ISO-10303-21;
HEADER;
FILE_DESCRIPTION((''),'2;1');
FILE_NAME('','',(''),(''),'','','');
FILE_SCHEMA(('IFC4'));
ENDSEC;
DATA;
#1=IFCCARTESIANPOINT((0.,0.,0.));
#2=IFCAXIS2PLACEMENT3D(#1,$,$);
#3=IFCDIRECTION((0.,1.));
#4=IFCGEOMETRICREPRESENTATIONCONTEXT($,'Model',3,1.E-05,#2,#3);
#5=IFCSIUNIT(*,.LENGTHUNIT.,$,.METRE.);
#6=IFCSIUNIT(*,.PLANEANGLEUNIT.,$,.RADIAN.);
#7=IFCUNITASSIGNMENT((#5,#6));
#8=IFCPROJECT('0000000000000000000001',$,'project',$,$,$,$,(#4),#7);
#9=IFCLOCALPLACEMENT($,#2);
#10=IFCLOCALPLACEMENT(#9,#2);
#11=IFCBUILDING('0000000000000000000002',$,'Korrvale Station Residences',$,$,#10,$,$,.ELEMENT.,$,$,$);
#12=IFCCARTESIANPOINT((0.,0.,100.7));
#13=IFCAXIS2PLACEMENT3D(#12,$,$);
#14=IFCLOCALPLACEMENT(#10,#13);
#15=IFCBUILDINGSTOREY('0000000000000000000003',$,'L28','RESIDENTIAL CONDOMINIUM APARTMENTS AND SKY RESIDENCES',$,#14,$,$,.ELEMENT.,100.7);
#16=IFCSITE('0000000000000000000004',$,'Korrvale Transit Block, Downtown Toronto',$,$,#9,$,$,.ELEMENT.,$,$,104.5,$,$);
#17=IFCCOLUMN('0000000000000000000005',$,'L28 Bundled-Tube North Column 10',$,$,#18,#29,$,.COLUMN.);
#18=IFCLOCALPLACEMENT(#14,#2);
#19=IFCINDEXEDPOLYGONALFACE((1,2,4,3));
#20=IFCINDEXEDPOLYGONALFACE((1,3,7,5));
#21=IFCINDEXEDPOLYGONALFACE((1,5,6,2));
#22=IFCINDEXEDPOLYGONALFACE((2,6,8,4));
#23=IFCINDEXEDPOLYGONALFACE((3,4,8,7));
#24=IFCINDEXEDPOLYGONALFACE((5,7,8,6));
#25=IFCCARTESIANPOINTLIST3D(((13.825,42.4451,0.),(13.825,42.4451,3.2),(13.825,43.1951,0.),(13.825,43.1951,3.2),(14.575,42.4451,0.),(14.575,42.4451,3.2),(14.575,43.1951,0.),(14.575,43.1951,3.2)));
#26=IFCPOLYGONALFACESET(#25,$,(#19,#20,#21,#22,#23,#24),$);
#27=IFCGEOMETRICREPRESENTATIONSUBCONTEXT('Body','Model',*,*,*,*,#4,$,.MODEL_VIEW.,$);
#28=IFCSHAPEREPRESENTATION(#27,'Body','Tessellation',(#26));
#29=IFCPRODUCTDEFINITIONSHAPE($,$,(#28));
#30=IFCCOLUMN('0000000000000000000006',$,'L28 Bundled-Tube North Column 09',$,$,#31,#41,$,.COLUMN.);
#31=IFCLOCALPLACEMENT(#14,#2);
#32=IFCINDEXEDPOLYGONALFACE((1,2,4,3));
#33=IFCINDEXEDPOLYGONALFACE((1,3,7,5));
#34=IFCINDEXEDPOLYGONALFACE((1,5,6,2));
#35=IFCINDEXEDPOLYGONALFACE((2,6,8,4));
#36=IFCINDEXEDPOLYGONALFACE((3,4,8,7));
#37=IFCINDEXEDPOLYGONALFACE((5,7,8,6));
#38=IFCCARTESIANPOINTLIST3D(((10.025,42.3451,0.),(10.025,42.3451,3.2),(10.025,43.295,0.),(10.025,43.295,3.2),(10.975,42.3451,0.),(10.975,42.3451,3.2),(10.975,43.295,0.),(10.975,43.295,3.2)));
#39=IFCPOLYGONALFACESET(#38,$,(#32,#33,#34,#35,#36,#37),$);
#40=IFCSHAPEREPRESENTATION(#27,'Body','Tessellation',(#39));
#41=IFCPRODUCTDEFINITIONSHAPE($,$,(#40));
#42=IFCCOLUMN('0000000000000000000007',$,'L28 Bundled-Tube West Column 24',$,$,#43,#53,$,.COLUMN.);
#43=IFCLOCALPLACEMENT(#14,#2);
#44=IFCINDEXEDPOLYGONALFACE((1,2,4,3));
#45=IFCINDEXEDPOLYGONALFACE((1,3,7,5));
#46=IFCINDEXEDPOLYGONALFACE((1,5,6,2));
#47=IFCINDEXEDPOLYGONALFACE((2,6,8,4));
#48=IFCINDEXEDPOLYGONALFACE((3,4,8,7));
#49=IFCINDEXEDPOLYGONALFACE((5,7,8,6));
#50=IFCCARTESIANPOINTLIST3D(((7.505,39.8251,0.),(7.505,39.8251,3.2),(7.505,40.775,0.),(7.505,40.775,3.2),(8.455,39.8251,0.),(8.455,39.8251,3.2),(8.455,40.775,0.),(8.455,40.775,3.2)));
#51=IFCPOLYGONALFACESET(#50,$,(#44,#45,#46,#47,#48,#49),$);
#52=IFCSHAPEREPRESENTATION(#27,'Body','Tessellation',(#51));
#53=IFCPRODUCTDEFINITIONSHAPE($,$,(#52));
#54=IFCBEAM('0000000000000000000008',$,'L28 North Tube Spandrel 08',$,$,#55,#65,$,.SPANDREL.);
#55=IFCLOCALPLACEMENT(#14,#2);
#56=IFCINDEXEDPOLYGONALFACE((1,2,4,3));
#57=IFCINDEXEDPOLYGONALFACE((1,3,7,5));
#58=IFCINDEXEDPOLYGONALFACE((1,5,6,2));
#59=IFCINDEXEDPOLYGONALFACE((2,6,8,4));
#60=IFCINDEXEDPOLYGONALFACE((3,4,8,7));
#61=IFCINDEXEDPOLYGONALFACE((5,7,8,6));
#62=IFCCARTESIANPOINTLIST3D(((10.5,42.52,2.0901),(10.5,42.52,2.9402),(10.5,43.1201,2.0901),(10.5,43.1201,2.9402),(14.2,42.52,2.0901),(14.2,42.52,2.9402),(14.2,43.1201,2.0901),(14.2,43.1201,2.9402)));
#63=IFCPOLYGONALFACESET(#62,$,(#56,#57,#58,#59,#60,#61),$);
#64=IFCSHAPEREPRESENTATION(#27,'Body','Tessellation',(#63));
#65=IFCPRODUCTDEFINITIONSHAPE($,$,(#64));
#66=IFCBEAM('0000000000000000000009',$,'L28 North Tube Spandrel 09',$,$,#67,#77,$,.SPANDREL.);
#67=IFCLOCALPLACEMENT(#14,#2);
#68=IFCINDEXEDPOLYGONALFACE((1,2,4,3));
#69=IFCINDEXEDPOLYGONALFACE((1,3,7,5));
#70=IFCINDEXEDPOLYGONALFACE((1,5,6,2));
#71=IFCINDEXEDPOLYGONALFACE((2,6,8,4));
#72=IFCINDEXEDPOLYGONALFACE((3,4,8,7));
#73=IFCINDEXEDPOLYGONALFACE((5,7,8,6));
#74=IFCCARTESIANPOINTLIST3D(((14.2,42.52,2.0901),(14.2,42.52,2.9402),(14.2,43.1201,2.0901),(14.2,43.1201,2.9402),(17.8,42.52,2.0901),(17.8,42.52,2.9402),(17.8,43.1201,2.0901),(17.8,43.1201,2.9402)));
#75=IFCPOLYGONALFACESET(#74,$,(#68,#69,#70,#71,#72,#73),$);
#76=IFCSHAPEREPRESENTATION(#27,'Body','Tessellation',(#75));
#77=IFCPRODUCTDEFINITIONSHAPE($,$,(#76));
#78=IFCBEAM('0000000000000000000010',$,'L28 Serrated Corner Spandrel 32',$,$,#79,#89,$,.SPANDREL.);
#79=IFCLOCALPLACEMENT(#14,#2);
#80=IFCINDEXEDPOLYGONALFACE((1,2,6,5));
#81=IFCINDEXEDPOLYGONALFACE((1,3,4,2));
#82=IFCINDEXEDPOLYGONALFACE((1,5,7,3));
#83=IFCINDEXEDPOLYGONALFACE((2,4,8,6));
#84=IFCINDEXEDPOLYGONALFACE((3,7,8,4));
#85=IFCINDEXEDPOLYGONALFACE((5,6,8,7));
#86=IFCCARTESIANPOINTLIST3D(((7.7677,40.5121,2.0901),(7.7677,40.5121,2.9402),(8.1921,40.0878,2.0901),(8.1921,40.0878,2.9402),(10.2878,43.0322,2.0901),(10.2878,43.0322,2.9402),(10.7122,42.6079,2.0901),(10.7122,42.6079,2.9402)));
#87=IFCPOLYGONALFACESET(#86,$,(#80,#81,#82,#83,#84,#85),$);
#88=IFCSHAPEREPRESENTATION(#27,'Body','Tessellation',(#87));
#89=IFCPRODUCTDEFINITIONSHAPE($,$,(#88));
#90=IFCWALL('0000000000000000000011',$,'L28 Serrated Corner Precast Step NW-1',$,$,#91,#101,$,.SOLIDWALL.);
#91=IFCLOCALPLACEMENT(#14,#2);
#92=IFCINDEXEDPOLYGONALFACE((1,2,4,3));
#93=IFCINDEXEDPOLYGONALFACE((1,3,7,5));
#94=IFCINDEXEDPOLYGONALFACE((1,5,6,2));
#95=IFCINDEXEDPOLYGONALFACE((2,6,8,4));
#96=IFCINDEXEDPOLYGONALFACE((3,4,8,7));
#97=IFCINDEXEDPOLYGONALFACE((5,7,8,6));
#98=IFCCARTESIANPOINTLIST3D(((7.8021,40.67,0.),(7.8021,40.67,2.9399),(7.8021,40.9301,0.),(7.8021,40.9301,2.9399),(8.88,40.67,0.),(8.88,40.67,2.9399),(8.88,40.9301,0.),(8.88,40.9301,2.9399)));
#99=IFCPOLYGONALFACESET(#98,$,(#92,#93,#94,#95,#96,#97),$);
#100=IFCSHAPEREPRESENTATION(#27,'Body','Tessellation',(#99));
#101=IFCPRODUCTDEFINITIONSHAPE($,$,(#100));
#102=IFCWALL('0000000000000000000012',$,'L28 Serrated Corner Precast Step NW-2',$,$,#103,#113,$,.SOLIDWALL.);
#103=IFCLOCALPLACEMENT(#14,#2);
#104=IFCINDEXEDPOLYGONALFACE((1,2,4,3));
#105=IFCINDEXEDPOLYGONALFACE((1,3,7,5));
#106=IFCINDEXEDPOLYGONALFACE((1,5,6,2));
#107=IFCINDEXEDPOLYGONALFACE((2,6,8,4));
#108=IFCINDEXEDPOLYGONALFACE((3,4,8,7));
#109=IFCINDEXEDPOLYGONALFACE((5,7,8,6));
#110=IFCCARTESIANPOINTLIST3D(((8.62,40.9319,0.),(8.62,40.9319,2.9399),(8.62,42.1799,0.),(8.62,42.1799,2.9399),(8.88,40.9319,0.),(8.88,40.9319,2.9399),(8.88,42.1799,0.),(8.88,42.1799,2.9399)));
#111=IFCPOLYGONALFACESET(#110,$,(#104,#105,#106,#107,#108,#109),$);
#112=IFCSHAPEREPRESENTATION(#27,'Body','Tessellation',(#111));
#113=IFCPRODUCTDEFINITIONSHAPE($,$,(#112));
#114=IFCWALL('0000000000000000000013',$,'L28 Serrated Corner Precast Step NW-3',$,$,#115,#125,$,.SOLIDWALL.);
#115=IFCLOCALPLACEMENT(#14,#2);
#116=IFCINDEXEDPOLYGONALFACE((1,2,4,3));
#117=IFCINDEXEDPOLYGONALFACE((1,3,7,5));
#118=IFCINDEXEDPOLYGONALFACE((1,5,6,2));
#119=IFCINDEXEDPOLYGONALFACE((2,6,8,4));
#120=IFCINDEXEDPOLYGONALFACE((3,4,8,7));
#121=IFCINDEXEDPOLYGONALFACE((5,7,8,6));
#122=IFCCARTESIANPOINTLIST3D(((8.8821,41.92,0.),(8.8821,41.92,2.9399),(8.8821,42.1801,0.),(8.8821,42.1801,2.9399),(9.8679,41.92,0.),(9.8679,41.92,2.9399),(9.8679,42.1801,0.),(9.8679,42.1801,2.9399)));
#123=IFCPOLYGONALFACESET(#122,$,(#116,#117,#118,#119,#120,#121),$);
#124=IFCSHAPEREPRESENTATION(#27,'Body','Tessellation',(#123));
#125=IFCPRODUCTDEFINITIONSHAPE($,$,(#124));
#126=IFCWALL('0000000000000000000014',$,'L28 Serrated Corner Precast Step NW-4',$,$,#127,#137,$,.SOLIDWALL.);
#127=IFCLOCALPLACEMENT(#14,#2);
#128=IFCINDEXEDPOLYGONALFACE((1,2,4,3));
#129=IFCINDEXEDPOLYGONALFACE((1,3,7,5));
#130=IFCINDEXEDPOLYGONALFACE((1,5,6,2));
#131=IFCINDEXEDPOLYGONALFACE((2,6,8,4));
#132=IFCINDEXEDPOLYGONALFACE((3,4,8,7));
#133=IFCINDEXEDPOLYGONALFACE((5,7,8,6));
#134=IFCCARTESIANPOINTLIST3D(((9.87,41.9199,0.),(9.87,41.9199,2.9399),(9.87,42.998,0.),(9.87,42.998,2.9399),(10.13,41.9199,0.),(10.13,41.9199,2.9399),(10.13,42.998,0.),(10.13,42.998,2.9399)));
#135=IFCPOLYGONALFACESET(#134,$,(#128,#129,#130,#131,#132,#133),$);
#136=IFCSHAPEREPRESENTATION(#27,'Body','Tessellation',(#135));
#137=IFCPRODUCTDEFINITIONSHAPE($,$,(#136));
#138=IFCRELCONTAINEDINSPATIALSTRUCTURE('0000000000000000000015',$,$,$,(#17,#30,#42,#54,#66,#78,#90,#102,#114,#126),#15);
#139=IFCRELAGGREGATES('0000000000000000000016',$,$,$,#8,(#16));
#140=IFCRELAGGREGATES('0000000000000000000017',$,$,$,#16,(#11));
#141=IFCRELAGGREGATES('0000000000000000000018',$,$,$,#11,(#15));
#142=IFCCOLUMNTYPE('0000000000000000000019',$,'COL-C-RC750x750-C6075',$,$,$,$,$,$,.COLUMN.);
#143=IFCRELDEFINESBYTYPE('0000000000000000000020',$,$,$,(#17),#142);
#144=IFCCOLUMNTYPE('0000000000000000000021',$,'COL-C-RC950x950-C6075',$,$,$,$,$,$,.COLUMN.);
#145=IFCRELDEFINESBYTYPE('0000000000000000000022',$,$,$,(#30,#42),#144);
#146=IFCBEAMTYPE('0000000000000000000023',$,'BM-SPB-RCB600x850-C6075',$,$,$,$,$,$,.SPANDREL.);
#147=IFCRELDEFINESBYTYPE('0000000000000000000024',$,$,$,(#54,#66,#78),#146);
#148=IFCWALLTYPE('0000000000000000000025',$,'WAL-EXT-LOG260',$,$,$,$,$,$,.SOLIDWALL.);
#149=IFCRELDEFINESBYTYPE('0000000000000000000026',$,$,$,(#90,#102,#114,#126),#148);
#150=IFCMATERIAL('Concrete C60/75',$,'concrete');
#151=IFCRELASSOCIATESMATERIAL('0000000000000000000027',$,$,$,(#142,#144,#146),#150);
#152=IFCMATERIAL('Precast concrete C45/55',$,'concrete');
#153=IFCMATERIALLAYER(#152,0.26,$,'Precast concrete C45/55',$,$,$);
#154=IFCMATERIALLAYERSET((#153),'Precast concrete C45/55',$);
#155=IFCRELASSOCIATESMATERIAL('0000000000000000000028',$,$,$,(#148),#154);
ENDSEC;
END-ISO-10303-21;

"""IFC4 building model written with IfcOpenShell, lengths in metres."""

from ifc_helpers import new_model, si_unit, direction, frame, frame_2d, origin, origin_2d, place, context, subcontext, project, spatial, rectangle, extrude, material, layer, layer_set, material_profile, profile_set, type_object, element, save


model = new_model("IFC4")

# Units and contexts
model_context = context("Model", 3, precision=1e-05, world=origin(), true_north=direction((0.0, 1.0)))
body_context = subcontext(model_context, "Body", "Model", "MODEL_VIEW")
ifc_project = project(units=[si_unit("LENGTHUNIT", "METRE"), si_unit("PLANEANGLEUNIT", "RADIAN")], contexts=[model_context])

# Site, building, storey
site_placement = place(None, origin())
site = spatial("IfcSite", under=ifc_project, at=site_placement, Name="Korrvale Transit Block, Downtown Toronto", CompositionType="ELEMENT", RefElevation=104.5)
building_placement = place(site_placement, origin())
building = spatial("IfcBuilding", under=site, at=building_placement, Name="Korrvale Station Residences", CompositionType="ELEMENT")
storey_placement = place(building_placement, frame((0.0, 0.0, 100.7)))
storey = spatial("IfcBuildingStorey", under=building, at=storey_placement, Name="L28", Description="RESIDENTIAL CONDOMINIUM APARTMENTS AND SKY RESIDENCES", CompositionType="ELEMENT", Elevation=100.7)

# Columns
ifc_material_1 = material(Name="Concrete C60/75", Category="concrete")
ifc_material_profile_1 = material_profile(ifc_material_1, rectangle(XDim=0.75, YDim=0.75, at=origin_2d()), Name="RC750x750")
ifc_profile_set_1 = profile_set([ifc_material_profile_1], Name="Concrete C60/75")
column_type_1 = type_object("IfcColumnType", Name="COL-C-RC750x750-C6075", PredefinedType="COLUMN", material=ifc_profile_set_1)
column_placement = place(storey_placement, frame((14.2, 42.8201, 0.0), z_axis=(0.0, 0.0, 1.0), x_axis=(1.0, 0.0, 0.0)))
element("IfcColumn", 1, at=column_placement, inside=storey, type_object=column_type_1, Name="L28 Bundled-Tube North Column 10", PredefinedType="COLUMN", context=body_context, shape_type="SweptSolid", body=[
    extrude(rectangle(XDim=0.75, YDim=0.75, at=origin_2d()), origin(), (0.0, 0.0, 1.0), 3.2),
])
ifc_material_profile_2 = material_profile(ifc_material_1, rectangle(XDim=0.95, YDim=0.95, at=origin_2d()), Name="RC950x950")
ifc_profile_set_2 = profile_set([ifc_material_profile_2], Name="Concrete C60/75")
column_type_2 = type_object("IfcColumnType", Name="COL-C-RC950x950-C6075", PredefinedType="COLUMN", material=ifc_profile_set_2)
for number, where, z_axis, x_axis, name in (
    (2, (10.5, 42.8201, 0.0), (0.0, 0.0, 1.0), (1.0, 0.0, 0.0), "L28 Bundled-Tube North Column 09"),
    (3, (7.98, 40.3, 0.0), (0.0, 0.0, 1.0), (1.0, 0.0, 0.0), "L28 Bundled-Tube West Column 24"),
):
    element("IfcColumn", number, at=place(storey_placement, frame(where, z_axis=z_axis, x_axis=x_axis)), inside=storey, type_object=column_type_2, Name=name, PredefinedType="COLUMN", context=body_context, shape_type="SweptSolid", body=[
        extrude(rectangle(XDim=0.95, YDim=0.95, at=origin_2d()), origin(), (0.0, 0.0, 1.0), 3.2),
    ])

# Beams
ifc_material_profile_3 = material_profile(ifc_material_1, rectangle(XDim=0.6001, YDim=0.8501, at=origin_2d()), Name="RCB600x850")
ifc_profile_set_3 = profile_set([ifc_material_profile_3], Name="Concrete C60/75")
beam_type = type_object("IfcBeamType", Name="BM-SPB-RCB600x850-C6075", PredefinedType="SPANDREL", material=ifc_profile_set_3)
beam_1_placement = place(storey_placement, frame((10.5, 42.8201, 2.5151), z_axis=(1.0, 0.0, 0.0), x_axis=(0.0, 1.0, 0.0)))
element("IfcBeam", 4, at=beam_1_placement, inside=storey, type_object=beam_type, Name="L28 North Tube Spandrel 08", PredefinedType="SPANDREL", context=body_context, shape_type="SweptSolid", body=[
    extrude(rectangle(XDim=0.6001, YDim=0.8501, at=origin_2d()), origin(), (0.0, 0.0, 1.0), 3.7),
])
beam_2_placement = place(storey_placement, frame((14.2, 42.8201, 2.5151), z_axis=(1.0, 0.0, 0.0), x_axis=(0.0, 1.0, 0.0)))
element("IfcBeam", 5, at=beam_2_placement, inside=storey, type_object=beam_type, Name="L28 North Tube Spandrel 09", PredefinedType="SPANDREL", context=body_context, shape_type="SweptSolid", body=[
    extrude(rectangle(XDim=0.6001, YDim=0.8501, at=origin_2d()), origin(), (0.0, 0.0, 1.0), 3.6001),
])
beam_3_placement = place(storey_placement, frame((10.5, 42.8201, 2.5151), z_axis=(-0.707107, -0.707107, 0.0), x_axis=(0.707107, -0.707107, 0.0)))
element("IfcBeam", 6, at=beam_3_placement, inside=storey, type_object=beam_type, Name="L28 Serrated Corner Spandrel 32", PredefinedType="SPANDREL", context=body_context, shape_type="SweptSolid", body=[
    extrude(rectangle(XDim=0.6001, YDim=0.8501, at=origin_2d()), origin(), (0.0, 0.0, 1.0), 3.564),
])

# Walls
ifc_material_2 = material(Name="Precast concrete C45/55", Category="concrete")
ifc_layer_1 = layer(ifc_material_2, 0.26, Name="Precast concrete C45/55")
ifc_layer_set_1 = layer_set([ifc_layer_1], Name="Precast concrete C45/55")
wall_type_1 = type_object("IfcWallType", Name="WAL-EXT-LOG260", PredefinedType="SOLIDWALL", material=ifc_layer_set_1)
wall_1_placement = place(storey_placement, frame((7.802, 40.8, 0.0), z_axis=(0.0, 0.0, 1.0), x_axis=(1.0, 0.0, 0.0)))
element("IfcWall", 7, at=wall_1_placement, inside=storey, type_object=wall_type_1, Name="L28 Serrated Corner Precast Step NW-1", PredefinedType="SOLIDWALL", context=body_context, shape_type="SweptSolid", body=[
    extrude(rectangle(XDim=1.0779, YDim=0.26, at=frame_2d((0.5391, 0.0))), origin(), (0.0, 0.0, 1.0), 2.9399),
])
wall_2_placement = place(storey_placement, frame((8.75, 40.9319, 0.0), z_axis=(0.0, 0.0, 1.0), x_axis=(0.0, 1.0, 0.0)))
element("IfcWall", 8, at=wall_2_placement, inside=storey, type_object=wall_type_1, Name="L28 Serrated Corner Precast Step NW-2", PredefinedType="SOLIDWALL", context=body_context, shape_type="SweptSolid", body=[
    extrude(rectangle(XDim=1.248, YDim=0.26, at=frame_2d((0.624, 0.0))), origin(), (0.0, 0.0, 1.0), 2.9399),
])
wall_3_placement = place(storey_placement, frame((8.8821, 42.05, 0.0), z_axis=(0.0, 0.0, 1.0), x_axis=(1.0, 0.0, 0.0)))
element("IfcWall", 9, at=wall_3_placement, inside=storey, type_object=wall_type_1, Name="L28 Serrated Corner Precast Step NW-3", PredefinedType="SOLIDWALL", context=body_context, shape_type="SweptSolid", body=[
    extrude(rectangle(XDim=0.9858, YDim=0.26, at=frame_2d((0.4929, 0.0))), origin(), (0.0, 0.0, 1.0), 2.9399),
])
wall_4_placement = place(storey_placement, frame((10.0, 41.9199, 0.0), z_axis=(0.0, 0.0, 1.0), x_axis=(0.0, 1.0, 0.0)))
element("IfcWall", 10, at=wall_4_placement, inside=storey, type_object=wall_type_1, Name="L28 Serrated Corner Precast Step NW-4", PredefinedType="SOLIDWALL", context=body_context, shape_type="SweptSolid", body=[
    extrude(rectangle(XDim=1.0781, YDim=0.26, at=frame_2d((0.5391, 0.0))), origin(), (0.0, 0.0, 1.0), 2.9399),
])

save(model, "model.ifc")
